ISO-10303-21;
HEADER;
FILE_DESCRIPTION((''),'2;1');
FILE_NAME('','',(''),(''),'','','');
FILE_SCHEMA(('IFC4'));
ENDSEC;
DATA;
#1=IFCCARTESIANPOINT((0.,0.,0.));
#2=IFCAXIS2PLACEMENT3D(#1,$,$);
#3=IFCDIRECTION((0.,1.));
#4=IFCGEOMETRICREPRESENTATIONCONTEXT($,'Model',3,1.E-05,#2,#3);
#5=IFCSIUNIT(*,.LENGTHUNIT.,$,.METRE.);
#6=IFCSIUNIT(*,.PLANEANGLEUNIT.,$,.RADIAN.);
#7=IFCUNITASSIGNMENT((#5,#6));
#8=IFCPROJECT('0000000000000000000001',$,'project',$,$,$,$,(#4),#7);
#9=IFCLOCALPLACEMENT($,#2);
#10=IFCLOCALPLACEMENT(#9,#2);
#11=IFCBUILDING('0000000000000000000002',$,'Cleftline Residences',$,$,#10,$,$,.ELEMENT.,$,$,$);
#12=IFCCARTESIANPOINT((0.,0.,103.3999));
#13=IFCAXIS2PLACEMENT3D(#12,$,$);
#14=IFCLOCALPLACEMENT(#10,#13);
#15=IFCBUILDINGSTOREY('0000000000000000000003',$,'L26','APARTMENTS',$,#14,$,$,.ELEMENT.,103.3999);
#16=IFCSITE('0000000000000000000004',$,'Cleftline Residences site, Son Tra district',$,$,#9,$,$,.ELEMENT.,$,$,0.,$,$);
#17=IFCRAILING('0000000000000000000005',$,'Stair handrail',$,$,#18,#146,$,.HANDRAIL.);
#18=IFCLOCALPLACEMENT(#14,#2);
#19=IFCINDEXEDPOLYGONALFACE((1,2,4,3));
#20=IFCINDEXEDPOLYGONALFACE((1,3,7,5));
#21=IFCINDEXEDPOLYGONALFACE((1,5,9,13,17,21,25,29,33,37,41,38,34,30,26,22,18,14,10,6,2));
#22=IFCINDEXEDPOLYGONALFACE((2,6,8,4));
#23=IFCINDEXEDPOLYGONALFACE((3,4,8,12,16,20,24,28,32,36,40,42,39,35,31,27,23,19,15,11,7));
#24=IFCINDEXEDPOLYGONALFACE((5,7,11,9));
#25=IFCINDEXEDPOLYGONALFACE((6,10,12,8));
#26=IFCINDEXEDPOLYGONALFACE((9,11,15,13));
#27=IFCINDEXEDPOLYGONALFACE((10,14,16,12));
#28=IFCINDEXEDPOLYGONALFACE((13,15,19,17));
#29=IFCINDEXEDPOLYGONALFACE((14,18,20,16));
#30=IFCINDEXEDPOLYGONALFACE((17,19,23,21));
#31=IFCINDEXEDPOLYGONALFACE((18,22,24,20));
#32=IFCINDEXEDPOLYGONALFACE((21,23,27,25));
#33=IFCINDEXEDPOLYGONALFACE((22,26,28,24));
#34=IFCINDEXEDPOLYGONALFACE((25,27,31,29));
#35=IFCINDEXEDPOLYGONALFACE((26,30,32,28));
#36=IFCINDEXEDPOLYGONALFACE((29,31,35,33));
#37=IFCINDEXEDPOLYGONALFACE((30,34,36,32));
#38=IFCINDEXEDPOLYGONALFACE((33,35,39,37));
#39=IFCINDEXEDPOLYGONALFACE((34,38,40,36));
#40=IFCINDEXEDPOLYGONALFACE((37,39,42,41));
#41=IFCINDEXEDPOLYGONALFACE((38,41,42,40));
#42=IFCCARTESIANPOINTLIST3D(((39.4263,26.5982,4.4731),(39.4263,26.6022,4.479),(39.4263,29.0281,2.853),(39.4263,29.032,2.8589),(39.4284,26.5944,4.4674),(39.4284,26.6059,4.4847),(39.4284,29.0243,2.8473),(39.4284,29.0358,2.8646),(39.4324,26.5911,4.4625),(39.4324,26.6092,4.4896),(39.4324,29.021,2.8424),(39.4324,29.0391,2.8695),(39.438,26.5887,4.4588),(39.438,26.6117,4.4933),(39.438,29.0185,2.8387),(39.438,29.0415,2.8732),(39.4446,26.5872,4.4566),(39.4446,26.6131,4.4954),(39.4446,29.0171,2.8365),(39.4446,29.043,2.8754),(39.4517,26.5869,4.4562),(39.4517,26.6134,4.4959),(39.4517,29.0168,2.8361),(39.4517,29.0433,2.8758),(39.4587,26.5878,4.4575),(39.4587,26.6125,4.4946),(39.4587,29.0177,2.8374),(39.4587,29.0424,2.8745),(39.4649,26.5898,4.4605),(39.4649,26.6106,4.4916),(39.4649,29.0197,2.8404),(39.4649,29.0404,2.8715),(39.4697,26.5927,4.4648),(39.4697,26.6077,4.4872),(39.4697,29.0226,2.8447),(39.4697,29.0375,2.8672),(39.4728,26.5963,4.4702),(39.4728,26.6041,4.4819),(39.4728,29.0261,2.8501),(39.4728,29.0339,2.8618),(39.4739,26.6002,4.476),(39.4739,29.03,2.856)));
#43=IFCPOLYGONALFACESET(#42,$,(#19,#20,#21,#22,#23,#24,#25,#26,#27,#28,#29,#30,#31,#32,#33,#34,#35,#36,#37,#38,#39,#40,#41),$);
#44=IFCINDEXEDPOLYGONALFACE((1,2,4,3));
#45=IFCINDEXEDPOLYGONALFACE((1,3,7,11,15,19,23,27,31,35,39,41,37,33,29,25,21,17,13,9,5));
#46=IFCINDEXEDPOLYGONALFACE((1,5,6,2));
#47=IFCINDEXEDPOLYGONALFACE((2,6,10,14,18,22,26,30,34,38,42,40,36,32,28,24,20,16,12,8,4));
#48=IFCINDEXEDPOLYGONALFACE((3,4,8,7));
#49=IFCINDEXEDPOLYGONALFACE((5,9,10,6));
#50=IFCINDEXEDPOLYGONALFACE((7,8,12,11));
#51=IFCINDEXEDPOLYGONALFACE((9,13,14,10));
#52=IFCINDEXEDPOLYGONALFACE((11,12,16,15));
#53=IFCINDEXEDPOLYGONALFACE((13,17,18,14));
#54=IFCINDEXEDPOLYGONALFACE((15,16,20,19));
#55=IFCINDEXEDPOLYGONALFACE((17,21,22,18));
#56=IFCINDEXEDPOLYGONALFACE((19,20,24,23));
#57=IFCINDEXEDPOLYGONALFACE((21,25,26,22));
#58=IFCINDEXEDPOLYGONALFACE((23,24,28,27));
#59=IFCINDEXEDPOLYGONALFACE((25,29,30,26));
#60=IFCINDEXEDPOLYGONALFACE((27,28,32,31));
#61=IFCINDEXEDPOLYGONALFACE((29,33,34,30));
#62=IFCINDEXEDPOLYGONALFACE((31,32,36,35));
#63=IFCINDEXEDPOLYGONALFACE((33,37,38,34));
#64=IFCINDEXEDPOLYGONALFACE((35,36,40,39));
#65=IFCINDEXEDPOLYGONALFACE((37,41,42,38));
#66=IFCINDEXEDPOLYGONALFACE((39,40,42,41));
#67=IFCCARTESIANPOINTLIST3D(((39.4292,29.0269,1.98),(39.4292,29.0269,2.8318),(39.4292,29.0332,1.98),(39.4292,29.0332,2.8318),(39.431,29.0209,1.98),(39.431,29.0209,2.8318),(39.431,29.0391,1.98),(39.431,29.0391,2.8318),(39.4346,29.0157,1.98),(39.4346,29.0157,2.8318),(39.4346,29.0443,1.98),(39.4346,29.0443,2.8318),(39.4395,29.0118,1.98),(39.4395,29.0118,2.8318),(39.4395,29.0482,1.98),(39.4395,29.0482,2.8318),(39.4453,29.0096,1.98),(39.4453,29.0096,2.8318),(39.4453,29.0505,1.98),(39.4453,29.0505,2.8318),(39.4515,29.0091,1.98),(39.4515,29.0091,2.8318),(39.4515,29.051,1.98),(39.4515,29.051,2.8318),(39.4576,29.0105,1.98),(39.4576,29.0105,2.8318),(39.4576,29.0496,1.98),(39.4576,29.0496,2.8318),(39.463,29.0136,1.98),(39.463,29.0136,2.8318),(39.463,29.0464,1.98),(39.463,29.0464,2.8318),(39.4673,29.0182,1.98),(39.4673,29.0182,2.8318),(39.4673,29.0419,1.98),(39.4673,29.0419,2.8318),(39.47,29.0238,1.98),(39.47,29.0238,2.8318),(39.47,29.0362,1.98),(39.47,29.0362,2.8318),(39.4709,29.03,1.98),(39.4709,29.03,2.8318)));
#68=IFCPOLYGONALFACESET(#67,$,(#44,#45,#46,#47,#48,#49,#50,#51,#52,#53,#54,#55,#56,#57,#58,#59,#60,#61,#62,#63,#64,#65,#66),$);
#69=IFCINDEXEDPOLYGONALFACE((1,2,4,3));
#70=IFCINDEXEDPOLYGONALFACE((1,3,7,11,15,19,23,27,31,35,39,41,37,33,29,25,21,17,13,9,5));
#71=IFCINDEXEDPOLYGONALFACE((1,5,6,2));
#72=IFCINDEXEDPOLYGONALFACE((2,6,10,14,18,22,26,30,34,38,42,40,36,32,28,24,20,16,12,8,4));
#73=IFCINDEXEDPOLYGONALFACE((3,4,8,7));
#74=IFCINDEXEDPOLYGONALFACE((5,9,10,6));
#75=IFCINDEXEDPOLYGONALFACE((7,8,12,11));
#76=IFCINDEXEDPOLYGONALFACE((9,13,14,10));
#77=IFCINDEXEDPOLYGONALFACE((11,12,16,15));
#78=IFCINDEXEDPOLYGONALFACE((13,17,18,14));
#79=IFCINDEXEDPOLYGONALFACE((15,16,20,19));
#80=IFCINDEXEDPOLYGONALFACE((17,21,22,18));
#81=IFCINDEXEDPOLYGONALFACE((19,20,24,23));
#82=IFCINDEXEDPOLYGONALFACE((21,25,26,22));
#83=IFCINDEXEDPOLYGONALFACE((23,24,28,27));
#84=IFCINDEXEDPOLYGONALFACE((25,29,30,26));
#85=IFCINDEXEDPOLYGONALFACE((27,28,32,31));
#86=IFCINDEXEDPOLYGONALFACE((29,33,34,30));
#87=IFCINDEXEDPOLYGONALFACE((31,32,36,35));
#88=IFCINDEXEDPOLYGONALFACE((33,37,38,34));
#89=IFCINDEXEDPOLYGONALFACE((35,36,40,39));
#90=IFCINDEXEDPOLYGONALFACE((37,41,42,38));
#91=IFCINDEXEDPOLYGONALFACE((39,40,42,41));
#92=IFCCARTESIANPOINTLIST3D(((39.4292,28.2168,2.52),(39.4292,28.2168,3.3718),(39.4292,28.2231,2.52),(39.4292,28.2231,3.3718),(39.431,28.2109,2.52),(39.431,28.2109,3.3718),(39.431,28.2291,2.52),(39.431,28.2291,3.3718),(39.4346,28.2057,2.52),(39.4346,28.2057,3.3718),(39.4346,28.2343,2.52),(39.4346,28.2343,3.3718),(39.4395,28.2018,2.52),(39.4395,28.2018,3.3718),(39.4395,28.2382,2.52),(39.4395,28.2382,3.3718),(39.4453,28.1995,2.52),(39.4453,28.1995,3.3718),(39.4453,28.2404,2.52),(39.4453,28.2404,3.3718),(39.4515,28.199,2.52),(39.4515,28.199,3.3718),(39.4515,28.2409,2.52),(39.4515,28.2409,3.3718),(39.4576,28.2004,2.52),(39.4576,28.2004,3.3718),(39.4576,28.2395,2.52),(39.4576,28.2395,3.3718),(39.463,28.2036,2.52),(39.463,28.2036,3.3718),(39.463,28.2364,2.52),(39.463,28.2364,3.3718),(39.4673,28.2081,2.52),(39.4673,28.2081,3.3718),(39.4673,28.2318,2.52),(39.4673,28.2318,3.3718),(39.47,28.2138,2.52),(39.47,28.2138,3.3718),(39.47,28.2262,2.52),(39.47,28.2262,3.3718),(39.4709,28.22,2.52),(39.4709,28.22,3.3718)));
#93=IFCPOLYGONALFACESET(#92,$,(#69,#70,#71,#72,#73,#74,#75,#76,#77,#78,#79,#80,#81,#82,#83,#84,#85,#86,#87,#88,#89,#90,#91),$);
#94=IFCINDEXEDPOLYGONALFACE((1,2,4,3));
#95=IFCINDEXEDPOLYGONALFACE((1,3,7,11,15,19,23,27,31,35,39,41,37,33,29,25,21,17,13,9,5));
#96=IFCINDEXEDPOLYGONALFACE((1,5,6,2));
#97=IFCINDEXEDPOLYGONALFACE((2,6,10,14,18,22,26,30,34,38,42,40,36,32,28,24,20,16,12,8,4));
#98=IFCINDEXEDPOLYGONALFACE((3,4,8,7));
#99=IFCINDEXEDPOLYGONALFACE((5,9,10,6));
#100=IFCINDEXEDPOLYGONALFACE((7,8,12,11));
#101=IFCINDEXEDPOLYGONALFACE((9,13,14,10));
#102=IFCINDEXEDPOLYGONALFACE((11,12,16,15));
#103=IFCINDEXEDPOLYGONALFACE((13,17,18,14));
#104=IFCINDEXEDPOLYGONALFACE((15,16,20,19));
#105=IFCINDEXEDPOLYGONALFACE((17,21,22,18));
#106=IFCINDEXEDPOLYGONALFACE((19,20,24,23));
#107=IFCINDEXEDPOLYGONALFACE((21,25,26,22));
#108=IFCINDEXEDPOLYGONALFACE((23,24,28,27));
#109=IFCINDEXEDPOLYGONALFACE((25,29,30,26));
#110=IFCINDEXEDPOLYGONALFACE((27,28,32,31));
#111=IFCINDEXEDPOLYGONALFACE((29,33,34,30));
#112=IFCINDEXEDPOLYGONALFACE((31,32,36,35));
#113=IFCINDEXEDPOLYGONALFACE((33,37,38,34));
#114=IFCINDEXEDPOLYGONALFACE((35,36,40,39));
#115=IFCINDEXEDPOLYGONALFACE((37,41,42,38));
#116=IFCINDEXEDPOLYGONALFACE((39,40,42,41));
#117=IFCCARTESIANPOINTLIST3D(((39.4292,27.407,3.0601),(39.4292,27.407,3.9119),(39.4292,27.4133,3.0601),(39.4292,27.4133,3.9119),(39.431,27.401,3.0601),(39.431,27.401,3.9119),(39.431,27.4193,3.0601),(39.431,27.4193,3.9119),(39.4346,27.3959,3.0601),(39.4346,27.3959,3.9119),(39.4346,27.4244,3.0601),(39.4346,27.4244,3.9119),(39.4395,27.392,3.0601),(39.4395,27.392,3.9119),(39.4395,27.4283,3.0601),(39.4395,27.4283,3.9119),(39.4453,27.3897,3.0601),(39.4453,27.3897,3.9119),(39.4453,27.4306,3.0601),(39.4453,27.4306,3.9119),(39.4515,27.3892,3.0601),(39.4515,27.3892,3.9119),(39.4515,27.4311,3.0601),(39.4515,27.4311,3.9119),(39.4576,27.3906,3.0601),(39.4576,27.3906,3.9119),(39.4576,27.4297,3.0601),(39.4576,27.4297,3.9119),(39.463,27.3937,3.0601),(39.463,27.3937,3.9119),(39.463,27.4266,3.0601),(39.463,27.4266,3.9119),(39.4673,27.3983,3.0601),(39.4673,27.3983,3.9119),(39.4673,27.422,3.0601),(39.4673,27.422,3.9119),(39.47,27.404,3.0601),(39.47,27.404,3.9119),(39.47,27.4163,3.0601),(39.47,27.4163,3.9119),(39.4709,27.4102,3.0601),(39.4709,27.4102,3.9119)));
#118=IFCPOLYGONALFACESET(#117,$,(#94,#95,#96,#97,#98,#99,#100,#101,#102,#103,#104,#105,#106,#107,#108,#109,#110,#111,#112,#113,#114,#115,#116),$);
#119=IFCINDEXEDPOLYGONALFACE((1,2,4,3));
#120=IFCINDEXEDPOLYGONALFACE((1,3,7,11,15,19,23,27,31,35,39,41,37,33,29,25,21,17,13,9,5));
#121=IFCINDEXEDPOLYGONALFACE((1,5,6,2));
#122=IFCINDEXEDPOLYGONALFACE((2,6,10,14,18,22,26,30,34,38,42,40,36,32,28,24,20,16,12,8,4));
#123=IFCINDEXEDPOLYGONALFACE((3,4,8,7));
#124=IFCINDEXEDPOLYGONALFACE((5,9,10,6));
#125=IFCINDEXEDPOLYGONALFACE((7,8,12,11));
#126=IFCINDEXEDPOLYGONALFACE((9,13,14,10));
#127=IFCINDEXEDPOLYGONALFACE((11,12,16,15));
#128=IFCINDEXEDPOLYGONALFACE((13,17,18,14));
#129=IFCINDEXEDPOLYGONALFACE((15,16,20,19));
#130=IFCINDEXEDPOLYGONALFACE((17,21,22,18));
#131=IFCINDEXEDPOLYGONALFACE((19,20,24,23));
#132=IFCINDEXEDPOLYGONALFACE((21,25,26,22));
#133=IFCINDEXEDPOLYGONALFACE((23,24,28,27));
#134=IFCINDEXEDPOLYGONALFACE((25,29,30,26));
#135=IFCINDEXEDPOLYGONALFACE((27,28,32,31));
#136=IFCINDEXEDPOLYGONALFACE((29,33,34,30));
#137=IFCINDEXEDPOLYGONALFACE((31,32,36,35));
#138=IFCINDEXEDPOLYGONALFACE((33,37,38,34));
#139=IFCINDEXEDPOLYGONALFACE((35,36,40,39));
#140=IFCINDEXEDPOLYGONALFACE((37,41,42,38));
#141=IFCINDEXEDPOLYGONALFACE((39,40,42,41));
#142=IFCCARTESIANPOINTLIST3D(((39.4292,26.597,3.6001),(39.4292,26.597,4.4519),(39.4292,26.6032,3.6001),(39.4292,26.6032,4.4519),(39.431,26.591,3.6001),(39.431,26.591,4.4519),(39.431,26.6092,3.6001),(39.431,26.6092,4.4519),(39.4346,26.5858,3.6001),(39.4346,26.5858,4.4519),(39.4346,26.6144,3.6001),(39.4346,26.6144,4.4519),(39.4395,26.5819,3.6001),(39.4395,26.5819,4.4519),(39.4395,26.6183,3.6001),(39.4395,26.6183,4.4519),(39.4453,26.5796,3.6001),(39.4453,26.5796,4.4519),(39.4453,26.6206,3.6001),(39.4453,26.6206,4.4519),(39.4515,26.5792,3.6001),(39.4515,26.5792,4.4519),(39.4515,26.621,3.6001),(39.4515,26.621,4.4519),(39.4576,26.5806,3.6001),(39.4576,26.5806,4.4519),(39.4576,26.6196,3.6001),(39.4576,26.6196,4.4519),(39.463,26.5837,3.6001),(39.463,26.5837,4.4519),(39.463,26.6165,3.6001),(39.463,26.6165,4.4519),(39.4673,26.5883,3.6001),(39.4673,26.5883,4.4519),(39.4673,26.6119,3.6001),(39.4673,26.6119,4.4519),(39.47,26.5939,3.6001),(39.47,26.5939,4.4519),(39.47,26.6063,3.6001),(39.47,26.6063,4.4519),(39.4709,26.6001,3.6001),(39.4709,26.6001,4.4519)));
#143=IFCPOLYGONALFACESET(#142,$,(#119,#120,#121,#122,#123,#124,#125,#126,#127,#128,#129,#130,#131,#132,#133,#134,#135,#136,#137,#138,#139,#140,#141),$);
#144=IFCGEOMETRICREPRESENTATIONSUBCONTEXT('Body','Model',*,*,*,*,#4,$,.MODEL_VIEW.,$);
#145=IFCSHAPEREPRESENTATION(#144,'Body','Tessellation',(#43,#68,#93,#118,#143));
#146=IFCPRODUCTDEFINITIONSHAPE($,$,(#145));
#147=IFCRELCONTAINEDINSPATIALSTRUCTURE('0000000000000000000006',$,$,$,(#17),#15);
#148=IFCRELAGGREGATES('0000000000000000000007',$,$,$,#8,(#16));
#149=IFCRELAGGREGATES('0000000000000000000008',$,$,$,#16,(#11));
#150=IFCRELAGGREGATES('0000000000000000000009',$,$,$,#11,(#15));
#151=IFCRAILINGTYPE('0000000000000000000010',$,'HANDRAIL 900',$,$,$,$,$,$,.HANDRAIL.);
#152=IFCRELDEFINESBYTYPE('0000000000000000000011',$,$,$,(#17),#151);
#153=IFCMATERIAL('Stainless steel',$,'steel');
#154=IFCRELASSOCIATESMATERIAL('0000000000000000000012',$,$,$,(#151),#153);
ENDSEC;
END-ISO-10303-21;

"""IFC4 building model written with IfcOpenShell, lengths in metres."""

from ifc_helpers import new_model, si_unit, direction, frame, origin, origin_2d, place, context, subcontext, project, spatial, circle, extrude, material, type_object, element, save


model = new_model("IFC4")

# Units and contexts
model_context = context("Model", 3, precision=1e-05, world=origin(), true_north=direction((0.0, 1.0)))
body_context = subcontext(model_context, "Body", "Model", "MODEL_VIEW")
ifc_project = project(units=[si_unit("LENGTHUNIT", "METRE"), si_unit("PLANEANGLEUNIT", "RADIAN")], contexts=[model_context])

# Site, building, storey
site_placement = place(None, origin())
site = spatial("IfcSite", under=ifc_project, at=site_placement, Name="Cleftline Residences site, Son Tra district", CompositionType="ELEMENT", RefElevation=0.0)
building_placement = place(site_placement, origin())
building = spatial("IfcBuilding", under=site, at=building_placement, Name="Cleftline Residences", CompositionType="ELEMENT")
storey_placement = place(building_placement, frame((0.0, 0.0, 103.3999)))
storey = spatial("IfcBuildingStorey", under=building, at=storey_placement, Name="L26", Description="APARTMENTS", CompositionType="ELEMENT", Elevation=103.3999)

# Railing
ifc_material_1 = material(Name="Stainless steel", Category="steel")
railing_type = type_object("IfcRailingType", Name="HANDRAIL 900", PredefinedType="HANDRAIL", material=ifc_material_1)
railing_1_placement = place(storey_placement, frame((39.45, 29.03, 1.98)))
element("IfcRailing", 1, at=railing_1_placement, inside=storey, type_object=railing_type, Name="Stair handrail", PredefinedType="HANDRAIL", context=body_context, shape_type="SweptSolid", body=[
    extrude(circle(Radius=0.0239, at=origin_2d()), frame((0.0, 0.0, 0.876), z_axis=(0.0, -0.832025, 0.554739), x_axis=(1.0, 0.0, 0.0)), (0.0, 0.0, 1.0), 2.9204),
    extrude(circle(Radius=0.021, at=origin_2d()), origin(), (0.0, 0.0, 1.0), 0.8518),
    extrude(circle(Radius=0.021, at=origin_2d()), frame((0.0, -0.8101, 0.54)), (0.0, 0.0, 1.0), 0.8518),
    extrude(circle(Radius=0.021, at=origin_2d()), frame((0.0, -1.6199, 1.0801)), (0.0, 0.0, 1.0), 0.8518),
    extrude(circle(Radius=0.021, at=origin_2d()), frame((0.0, -2.4299, 1.6201)), (0.0, 0.0, 1.0), 0.8518),
])

save(model, "model.ifc")
